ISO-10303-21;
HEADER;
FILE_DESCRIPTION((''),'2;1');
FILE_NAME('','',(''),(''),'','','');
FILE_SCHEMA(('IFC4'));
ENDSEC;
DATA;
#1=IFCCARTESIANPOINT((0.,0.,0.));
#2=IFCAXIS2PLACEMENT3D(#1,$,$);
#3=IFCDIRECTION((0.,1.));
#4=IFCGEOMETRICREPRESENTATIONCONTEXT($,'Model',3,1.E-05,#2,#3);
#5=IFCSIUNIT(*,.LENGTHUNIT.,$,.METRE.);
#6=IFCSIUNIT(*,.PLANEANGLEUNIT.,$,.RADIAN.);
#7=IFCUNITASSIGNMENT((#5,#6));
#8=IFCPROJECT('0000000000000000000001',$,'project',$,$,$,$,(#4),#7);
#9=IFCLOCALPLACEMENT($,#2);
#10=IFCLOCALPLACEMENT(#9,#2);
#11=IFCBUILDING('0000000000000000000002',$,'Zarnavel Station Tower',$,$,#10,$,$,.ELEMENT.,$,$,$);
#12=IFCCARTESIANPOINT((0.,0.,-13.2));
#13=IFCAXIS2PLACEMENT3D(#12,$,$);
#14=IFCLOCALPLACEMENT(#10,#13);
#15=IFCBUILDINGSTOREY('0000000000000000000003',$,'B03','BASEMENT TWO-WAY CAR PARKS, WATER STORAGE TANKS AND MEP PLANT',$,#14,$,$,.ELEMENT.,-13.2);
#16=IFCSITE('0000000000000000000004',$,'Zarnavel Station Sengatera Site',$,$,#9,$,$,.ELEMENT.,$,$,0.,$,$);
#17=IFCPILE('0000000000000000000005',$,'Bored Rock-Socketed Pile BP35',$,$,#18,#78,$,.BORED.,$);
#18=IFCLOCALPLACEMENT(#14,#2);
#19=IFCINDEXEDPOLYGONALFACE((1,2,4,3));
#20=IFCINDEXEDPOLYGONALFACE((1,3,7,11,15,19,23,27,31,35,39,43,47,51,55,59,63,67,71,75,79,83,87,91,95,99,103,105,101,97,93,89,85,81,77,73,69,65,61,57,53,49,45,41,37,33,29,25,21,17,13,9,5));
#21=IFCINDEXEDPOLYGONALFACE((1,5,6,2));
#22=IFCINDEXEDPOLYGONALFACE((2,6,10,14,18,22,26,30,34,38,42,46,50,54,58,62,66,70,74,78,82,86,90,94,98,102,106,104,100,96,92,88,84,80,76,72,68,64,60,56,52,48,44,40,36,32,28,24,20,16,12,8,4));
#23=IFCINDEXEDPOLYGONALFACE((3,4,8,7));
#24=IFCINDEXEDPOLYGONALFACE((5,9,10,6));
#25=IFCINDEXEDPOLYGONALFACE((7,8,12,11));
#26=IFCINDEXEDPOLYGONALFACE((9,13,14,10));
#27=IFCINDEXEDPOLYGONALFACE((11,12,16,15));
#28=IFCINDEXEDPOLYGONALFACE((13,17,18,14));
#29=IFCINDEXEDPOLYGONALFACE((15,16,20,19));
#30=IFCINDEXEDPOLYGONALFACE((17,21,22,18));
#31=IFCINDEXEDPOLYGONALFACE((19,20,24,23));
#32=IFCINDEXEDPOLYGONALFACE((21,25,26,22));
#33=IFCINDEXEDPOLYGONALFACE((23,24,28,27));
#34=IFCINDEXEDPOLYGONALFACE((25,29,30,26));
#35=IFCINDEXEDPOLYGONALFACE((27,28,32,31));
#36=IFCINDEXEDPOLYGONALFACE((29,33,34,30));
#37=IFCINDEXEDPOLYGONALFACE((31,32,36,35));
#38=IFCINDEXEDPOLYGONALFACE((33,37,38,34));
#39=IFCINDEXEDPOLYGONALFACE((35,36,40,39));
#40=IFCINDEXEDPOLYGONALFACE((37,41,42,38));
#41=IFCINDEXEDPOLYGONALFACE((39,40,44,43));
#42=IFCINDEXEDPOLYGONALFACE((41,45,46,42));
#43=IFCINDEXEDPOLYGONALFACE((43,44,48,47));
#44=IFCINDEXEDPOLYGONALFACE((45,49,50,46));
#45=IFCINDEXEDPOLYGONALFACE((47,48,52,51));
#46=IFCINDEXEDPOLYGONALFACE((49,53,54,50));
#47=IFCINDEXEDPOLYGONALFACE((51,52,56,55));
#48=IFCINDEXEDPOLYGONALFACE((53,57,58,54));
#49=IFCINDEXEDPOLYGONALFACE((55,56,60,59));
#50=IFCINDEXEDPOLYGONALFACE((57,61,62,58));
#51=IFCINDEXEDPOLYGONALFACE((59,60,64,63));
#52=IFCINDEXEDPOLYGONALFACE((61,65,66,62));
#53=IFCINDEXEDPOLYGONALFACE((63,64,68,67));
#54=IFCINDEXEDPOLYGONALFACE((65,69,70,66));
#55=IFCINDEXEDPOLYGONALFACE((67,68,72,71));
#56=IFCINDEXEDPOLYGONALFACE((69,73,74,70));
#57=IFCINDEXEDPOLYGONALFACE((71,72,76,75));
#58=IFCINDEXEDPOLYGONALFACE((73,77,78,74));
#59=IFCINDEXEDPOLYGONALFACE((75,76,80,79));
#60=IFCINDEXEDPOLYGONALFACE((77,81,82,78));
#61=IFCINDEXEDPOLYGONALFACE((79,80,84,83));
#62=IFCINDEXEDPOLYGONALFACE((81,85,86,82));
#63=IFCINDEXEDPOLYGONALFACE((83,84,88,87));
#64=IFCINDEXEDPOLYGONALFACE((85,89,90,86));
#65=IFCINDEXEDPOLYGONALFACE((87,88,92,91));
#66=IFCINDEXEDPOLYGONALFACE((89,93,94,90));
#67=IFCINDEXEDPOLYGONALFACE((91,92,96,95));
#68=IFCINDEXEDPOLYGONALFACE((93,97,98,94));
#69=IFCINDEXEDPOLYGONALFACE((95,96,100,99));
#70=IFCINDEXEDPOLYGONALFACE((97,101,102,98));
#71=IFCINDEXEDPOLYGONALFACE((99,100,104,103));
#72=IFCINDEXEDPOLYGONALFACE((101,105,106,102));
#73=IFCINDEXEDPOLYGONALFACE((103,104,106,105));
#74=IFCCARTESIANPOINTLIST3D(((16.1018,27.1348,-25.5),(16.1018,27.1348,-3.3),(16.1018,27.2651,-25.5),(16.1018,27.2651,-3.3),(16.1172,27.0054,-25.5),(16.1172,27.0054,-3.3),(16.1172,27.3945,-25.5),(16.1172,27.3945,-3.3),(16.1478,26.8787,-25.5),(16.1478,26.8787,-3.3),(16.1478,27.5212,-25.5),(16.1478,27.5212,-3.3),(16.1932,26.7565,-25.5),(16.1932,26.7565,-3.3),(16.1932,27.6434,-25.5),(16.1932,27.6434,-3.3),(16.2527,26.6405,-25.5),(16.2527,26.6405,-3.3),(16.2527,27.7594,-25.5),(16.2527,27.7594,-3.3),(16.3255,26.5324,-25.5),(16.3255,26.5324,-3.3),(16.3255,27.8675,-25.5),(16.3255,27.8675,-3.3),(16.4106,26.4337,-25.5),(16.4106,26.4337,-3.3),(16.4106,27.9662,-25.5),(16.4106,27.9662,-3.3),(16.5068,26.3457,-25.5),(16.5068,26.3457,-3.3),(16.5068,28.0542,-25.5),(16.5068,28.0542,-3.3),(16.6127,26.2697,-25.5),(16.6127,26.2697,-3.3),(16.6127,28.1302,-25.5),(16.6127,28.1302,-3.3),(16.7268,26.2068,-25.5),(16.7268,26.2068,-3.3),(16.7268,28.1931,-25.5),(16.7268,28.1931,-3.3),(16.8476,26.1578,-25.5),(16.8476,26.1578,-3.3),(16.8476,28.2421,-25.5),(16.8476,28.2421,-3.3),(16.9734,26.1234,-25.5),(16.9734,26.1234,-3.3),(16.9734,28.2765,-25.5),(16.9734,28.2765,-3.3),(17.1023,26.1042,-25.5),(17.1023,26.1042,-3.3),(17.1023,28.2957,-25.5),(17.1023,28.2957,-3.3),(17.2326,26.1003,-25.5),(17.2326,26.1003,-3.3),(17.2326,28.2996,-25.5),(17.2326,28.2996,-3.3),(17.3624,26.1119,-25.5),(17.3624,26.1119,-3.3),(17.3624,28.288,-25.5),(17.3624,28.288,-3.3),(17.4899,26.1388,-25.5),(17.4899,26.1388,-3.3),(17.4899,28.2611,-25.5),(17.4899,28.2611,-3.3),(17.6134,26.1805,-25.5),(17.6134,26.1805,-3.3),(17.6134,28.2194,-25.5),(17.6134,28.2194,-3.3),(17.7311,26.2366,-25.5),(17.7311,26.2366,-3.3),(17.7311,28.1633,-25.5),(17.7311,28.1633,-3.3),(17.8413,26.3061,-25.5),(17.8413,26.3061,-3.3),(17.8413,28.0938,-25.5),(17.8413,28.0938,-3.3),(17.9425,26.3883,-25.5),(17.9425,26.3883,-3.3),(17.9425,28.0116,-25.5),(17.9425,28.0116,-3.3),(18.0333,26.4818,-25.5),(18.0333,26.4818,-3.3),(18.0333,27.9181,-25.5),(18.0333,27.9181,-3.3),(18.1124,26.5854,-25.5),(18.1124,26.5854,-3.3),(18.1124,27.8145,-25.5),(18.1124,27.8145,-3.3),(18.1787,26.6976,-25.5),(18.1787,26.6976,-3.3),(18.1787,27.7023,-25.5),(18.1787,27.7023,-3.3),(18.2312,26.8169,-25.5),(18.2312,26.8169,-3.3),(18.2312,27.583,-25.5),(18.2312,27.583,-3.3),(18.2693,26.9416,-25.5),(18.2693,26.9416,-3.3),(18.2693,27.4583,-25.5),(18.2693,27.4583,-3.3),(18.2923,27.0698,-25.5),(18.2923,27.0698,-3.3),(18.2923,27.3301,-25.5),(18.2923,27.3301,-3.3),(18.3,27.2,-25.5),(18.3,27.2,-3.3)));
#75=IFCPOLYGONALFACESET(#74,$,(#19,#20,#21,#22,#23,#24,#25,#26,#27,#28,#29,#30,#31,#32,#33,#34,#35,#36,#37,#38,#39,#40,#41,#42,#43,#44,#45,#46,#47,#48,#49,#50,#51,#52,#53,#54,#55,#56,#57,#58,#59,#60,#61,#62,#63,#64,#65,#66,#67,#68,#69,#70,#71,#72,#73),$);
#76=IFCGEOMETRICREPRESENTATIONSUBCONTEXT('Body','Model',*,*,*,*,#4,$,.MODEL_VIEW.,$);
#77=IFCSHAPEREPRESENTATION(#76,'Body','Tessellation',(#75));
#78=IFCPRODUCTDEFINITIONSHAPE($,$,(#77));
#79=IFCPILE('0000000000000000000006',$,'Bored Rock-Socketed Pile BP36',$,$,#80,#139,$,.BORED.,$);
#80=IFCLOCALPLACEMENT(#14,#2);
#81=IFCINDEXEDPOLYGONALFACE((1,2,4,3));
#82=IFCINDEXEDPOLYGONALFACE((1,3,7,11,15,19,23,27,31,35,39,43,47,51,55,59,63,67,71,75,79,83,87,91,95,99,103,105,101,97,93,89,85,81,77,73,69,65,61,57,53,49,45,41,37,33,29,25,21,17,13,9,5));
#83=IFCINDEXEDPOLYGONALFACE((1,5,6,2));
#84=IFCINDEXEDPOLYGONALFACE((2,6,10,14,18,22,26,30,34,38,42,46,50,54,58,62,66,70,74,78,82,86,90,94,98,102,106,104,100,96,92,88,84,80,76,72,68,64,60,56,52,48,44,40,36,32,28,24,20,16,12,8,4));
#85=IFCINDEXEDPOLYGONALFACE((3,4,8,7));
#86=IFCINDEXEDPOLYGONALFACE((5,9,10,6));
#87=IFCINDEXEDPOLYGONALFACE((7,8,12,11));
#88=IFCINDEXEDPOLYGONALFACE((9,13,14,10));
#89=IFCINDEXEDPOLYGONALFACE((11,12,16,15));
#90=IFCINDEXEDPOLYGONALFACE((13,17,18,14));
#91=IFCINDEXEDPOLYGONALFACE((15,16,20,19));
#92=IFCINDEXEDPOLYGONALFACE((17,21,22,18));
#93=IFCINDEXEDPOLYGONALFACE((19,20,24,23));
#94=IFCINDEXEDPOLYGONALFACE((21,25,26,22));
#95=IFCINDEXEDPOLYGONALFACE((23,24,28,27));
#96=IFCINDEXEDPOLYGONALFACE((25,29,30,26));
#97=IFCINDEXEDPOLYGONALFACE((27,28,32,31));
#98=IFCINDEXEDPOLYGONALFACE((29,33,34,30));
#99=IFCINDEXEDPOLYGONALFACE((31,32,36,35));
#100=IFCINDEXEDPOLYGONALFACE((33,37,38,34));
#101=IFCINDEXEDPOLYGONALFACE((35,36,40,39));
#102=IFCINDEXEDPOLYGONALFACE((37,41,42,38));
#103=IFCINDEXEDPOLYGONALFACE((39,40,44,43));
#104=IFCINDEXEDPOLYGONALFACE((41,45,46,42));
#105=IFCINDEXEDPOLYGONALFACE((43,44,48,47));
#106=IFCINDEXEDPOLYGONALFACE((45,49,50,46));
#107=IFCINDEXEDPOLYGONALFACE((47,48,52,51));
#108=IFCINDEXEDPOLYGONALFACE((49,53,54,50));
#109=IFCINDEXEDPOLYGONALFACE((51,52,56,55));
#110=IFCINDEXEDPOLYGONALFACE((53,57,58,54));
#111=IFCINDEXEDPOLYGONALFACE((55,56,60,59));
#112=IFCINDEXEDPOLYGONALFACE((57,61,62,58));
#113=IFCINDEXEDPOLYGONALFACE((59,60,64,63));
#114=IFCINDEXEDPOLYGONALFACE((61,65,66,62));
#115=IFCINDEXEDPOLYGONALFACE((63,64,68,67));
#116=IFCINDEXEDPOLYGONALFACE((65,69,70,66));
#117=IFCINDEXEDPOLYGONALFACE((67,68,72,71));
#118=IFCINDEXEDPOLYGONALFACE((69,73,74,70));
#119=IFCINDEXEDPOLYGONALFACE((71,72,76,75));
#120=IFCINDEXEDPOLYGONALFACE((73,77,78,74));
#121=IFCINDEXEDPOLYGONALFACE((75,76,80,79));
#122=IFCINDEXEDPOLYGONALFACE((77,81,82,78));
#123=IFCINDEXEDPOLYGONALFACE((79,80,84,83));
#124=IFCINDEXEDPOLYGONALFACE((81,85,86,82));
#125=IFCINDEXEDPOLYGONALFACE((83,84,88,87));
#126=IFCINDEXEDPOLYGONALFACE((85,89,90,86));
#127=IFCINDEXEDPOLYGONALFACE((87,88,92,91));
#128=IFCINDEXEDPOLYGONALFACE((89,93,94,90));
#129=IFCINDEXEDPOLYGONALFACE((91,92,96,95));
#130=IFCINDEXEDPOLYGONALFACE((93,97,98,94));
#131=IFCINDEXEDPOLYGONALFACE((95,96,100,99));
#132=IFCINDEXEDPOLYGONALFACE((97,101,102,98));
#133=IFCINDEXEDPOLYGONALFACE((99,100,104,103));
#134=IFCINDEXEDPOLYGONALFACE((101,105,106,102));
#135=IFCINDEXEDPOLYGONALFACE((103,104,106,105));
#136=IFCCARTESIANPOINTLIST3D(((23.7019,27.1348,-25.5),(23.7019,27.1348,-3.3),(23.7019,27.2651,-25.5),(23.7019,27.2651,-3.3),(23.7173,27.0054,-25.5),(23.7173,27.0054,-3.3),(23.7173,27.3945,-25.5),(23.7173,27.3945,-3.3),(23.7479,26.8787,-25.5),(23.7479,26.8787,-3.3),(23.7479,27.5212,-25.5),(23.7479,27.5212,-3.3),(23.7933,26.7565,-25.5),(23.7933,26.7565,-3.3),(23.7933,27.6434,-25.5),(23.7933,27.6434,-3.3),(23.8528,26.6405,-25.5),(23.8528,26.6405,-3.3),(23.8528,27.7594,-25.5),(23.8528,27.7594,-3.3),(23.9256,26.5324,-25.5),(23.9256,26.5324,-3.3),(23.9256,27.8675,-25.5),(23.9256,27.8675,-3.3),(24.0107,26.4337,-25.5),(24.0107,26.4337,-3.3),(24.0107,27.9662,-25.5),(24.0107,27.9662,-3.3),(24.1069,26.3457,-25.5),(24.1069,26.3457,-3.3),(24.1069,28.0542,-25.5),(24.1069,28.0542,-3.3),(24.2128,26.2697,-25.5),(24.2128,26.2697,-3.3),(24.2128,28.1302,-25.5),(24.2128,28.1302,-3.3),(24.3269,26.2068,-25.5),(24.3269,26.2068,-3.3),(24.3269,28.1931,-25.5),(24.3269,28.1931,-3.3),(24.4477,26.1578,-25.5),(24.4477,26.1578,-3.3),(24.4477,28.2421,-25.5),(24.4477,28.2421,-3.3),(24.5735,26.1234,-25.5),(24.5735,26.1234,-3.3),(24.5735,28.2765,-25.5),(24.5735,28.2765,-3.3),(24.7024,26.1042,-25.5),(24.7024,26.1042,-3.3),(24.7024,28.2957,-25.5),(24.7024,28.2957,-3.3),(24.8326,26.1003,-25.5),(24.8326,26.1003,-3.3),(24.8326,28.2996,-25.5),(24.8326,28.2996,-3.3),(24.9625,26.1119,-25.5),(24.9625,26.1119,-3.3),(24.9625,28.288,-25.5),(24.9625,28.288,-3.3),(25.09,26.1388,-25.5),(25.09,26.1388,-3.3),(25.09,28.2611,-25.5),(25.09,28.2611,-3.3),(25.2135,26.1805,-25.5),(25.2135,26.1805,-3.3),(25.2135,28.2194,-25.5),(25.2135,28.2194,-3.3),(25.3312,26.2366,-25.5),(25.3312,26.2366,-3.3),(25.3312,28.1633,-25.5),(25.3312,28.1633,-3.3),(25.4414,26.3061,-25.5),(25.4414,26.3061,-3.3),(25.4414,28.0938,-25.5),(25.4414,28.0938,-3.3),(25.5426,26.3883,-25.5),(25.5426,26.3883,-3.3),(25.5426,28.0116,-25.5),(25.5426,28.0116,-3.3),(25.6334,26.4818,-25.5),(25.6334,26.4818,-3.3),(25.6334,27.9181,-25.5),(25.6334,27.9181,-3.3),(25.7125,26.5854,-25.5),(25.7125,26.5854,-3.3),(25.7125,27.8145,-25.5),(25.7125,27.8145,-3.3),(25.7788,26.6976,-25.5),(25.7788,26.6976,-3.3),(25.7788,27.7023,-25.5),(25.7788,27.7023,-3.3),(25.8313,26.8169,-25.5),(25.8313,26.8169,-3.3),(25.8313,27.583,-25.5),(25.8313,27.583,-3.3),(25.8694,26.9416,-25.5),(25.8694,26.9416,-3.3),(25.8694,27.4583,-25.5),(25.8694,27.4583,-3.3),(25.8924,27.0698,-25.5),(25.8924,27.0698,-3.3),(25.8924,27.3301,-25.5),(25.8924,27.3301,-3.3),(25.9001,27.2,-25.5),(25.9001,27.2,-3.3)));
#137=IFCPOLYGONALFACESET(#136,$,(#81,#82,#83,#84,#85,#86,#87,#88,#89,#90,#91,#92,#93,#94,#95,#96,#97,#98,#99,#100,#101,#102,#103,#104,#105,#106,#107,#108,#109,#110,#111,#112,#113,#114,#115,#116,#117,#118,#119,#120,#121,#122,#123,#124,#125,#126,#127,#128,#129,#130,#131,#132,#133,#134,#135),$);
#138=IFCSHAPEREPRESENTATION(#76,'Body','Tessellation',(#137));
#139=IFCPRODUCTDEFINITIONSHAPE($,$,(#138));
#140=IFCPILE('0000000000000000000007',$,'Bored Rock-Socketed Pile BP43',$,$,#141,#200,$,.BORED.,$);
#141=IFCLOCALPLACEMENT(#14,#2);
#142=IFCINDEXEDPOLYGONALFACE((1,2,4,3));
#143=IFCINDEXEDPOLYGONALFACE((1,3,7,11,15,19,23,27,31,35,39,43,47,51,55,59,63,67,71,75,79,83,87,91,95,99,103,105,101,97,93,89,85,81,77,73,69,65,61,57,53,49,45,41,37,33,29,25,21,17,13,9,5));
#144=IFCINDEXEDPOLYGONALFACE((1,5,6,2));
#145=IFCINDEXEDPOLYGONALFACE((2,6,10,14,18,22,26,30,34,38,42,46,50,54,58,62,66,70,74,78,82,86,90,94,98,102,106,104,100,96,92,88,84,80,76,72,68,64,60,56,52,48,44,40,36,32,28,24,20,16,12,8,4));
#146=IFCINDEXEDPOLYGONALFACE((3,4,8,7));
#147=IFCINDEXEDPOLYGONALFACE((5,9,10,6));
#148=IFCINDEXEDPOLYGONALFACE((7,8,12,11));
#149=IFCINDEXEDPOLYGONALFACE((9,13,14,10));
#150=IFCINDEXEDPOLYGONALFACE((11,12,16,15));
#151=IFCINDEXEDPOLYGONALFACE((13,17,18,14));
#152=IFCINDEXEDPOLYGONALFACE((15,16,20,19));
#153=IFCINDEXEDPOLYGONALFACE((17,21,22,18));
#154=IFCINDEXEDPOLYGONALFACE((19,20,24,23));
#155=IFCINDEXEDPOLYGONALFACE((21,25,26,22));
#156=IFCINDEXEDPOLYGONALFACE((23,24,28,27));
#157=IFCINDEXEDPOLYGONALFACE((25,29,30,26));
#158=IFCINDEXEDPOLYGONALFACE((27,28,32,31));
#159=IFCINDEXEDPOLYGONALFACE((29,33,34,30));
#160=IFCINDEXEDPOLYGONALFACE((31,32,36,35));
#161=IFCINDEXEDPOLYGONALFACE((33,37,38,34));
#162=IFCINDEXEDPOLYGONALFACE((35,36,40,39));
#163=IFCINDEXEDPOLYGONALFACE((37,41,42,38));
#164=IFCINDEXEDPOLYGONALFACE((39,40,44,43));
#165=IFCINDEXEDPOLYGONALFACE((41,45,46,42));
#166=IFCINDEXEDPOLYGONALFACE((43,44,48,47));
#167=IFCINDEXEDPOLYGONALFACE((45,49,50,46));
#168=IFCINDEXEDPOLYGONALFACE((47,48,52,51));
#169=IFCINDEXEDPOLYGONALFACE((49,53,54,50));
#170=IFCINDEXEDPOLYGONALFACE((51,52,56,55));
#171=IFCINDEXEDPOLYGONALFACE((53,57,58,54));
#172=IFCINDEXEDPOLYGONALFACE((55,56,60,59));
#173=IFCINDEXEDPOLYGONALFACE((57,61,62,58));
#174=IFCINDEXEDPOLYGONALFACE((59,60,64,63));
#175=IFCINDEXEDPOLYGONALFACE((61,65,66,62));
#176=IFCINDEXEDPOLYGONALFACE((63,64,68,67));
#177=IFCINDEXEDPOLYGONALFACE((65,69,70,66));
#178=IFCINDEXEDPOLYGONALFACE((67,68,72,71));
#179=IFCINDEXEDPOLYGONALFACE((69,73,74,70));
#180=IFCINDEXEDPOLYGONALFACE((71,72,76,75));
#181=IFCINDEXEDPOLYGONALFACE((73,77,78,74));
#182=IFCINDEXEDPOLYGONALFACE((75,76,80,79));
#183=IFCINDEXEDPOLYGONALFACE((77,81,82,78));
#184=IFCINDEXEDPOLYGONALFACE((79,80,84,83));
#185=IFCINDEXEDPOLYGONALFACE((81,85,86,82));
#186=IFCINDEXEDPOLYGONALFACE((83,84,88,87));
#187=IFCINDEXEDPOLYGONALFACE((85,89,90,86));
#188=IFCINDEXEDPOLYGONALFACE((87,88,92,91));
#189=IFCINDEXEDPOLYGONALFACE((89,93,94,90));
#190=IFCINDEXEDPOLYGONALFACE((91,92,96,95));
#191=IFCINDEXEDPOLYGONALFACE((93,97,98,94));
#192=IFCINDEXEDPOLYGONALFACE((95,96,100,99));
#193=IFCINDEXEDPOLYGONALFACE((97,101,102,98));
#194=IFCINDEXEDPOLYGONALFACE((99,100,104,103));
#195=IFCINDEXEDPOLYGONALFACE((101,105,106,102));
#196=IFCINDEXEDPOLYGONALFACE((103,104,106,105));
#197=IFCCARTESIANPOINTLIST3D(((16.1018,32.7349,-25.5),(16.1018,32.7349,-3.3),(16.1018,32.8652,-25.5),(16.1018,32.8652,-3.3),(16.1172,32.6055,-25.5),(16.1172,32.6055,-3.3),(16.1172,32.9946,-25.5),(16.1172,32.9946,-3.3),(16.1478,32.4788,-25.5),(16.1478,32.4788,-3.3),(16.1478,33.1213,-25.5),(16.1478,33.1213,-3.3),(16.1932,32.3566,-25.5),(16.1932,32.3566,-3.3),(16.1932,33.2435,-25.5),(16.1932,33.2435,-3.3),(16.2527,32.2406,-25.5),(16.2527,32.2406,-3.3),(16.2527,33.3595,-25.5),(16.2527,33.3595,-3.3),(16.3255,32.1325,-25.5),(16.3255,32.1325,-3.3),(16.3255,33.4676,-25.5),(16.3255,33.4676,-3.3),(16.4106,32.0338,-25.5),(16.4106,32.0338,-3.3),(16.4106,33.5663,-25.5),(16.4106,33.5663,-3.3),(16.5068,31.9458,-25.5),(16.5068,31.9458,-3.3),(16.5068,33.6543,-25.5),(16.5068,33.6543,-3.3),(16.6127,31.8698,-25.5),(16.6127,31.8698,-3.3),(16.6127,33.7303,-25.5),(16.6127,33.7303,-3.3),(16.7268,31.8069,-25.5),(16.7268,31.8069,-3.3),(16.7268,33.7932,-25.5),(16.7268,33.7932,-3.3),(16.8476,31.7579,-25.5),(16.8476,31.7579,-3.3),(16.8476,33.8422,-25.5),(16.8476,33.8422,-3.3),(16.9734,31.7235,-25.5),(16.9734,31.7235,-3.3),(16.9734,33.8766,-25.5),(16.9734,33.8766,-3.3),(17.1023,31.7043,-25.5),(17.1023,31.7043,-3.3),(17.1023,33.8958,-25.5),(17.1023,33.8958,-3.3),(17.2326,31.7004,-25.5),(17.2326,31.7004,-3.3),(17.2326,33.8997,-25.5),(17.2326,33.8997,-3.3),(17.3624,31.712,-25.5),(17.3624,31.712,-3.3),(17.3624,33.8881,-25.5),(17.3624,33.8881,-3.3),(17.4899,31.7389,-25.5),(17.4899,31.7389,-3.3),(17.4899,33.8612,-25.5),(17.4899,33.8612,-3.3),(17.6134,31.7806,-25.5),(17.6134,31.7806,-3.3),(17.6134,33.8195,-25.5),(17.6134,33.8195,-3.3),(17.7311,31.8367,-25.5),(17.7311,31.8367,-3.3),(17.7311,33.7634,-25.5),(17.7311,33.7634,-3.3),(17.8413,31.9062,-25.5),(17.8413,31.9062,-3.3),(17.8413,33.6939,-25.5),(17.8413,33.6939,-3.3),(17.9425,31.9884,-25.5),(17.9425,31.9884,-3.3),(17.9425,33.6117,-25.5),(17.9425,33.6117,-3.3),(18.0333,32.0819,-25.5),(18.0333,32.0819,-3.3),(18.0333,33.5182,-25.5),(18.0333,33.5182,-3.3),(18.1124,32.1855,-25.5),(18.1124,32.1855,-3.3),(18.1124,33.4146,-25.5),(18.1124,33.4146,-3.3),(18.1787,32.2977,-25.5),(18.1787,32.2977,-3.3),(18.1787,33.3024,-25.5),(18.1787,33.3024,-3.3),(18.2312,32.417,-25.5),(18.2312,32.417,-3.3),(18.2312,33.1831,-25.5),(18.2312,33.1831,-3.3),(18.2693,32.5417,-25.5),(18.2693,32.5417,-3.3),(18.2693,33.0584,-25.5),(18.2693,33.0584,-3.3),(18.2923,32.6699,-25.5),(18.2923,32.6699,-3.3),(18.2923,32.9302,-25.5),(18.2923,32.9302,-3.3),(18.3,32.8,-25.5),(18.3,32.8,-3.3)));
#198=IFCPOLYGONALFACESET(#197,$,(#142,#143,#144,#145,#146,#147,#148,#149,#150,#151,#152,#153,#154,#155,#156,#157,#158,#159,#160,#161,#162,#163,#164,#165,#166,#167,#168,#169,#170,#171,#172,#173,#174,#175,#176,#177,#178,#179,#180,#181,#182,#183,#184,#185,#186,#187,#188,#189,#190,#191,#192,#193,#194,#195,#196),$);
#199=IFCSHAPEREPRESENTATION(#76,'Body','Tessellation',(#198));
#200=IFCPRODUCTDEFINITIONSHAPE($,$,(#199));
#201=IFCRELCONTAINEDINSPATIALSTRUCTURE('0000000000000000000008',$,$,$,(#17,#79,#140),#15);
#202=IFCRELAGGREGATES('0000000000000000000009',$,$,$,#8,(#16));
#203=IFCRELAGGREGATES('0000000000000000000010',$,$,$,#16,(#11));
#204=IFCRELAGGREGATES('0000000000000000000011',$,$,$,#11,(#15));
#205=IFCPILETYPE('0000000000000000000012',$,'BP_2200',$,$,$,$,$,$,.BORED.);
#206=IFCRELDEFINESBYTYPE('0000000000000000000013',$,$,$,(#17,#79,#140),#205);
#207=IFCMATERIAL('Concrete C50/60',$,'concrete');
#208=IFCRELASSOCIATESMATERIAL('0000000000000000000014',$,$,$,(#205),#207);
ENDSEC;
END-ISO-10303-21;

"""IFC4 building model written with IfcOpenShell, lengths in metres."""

from ifc_helpers import new_model, si_unit, direction, frame, origin, origin_2d, place, context, subcontext, project, spatial, circle, extrude, material, material_profile, profile_set, type_object, element, save


model = new_model("IFC4")

# Units and contexts
model_context = context("Model", 3, precision=1e-05, world=origin(), true_north=direction((0.0, 1.0)))
body_context = subcontext(model_context, "Body", "Model", "MODEL_VIEW")
ifc_project = project(units=[si_unit("LENGTHUNIT", "METRE"), si_unit("PLANEANGLEUNIT", "RADIAN")], contexts=[model_context])

# Site, building, storey
site_placement = place(None, origin())
site = spatial("IfcSite", under=ifc_project, at=site_placement, Name="Zarnavel Station Sengatera Site", CompositionType="ELEMENT", RefElevation=0.0)
building_placement = place(site_placement, origin())
building = spatial("IfcBuilding", under=site, at=building_placement, Name="Zarnavel Station Tower", CompositionType="ELEMENT")
storey_placement = place(building_placement, frame((0.0, 0.0, -13.2)))
storey = spatial("IfcBuildingStorey", under=building, at=storey_placement, Name="B03", Description="BASEMENT TWO-WAY CAR PARKS, WATER STORAGE TANKS AND MEP PLANT", CompositionType="ELEMENT", Elevation=-13.2)

# Piles
ifc_material_1 = material(Name="Concrete C50/60", Category="concrete")
ifc_material_profile_1 = material_profile(ifc_material_1, circle(Radius=1.1001, at=origin_2d()), Name="PILE2200")
ifc_profile_set_1 = profile_set([ifc_material_profile_1], Name="Concrete C50/60")
pile_type = type_object("IfcPileType", Name="BP_2200", PredefinedType="BORED", material=ifc_profile_set_1)
for number, where, z_axis, x_axis, name in (
    (1, (17.2, 27.2, -3.3), (0.0, 0.0, -1.0), (1.0, 0.0, 0.0), "Bored Rock-Socketed Pile BP35"),
    (2, (24.8, 27.2, -3.3), (0.0, 0.0, -1.0), (1.0, 0.0, 0.0), "Bored Rock-Socketed Pile BP36"),
    (3, (17.2, 32.8, -3.3), (0.0, 0.0, -1.0), (1.0, 0.0, 0.0), "Bored Rock-Socketed Pile BP43"),
):
    element("IfcPile", number, at=place(storey_placement, frame(where, z_axis=z_axis, x_axis=x_axis)), inside=storey, type_object=pile_type, Name=name, PredefinedType="BORED", context=body_context, shape_type="SweptSolid", body=[
        extrude(circle(Radius=1.1001, at=origin_2d()), origin(), (0.0, 0.0, 1.0), 22.2),
    ])

save(model, "model.ifc")
